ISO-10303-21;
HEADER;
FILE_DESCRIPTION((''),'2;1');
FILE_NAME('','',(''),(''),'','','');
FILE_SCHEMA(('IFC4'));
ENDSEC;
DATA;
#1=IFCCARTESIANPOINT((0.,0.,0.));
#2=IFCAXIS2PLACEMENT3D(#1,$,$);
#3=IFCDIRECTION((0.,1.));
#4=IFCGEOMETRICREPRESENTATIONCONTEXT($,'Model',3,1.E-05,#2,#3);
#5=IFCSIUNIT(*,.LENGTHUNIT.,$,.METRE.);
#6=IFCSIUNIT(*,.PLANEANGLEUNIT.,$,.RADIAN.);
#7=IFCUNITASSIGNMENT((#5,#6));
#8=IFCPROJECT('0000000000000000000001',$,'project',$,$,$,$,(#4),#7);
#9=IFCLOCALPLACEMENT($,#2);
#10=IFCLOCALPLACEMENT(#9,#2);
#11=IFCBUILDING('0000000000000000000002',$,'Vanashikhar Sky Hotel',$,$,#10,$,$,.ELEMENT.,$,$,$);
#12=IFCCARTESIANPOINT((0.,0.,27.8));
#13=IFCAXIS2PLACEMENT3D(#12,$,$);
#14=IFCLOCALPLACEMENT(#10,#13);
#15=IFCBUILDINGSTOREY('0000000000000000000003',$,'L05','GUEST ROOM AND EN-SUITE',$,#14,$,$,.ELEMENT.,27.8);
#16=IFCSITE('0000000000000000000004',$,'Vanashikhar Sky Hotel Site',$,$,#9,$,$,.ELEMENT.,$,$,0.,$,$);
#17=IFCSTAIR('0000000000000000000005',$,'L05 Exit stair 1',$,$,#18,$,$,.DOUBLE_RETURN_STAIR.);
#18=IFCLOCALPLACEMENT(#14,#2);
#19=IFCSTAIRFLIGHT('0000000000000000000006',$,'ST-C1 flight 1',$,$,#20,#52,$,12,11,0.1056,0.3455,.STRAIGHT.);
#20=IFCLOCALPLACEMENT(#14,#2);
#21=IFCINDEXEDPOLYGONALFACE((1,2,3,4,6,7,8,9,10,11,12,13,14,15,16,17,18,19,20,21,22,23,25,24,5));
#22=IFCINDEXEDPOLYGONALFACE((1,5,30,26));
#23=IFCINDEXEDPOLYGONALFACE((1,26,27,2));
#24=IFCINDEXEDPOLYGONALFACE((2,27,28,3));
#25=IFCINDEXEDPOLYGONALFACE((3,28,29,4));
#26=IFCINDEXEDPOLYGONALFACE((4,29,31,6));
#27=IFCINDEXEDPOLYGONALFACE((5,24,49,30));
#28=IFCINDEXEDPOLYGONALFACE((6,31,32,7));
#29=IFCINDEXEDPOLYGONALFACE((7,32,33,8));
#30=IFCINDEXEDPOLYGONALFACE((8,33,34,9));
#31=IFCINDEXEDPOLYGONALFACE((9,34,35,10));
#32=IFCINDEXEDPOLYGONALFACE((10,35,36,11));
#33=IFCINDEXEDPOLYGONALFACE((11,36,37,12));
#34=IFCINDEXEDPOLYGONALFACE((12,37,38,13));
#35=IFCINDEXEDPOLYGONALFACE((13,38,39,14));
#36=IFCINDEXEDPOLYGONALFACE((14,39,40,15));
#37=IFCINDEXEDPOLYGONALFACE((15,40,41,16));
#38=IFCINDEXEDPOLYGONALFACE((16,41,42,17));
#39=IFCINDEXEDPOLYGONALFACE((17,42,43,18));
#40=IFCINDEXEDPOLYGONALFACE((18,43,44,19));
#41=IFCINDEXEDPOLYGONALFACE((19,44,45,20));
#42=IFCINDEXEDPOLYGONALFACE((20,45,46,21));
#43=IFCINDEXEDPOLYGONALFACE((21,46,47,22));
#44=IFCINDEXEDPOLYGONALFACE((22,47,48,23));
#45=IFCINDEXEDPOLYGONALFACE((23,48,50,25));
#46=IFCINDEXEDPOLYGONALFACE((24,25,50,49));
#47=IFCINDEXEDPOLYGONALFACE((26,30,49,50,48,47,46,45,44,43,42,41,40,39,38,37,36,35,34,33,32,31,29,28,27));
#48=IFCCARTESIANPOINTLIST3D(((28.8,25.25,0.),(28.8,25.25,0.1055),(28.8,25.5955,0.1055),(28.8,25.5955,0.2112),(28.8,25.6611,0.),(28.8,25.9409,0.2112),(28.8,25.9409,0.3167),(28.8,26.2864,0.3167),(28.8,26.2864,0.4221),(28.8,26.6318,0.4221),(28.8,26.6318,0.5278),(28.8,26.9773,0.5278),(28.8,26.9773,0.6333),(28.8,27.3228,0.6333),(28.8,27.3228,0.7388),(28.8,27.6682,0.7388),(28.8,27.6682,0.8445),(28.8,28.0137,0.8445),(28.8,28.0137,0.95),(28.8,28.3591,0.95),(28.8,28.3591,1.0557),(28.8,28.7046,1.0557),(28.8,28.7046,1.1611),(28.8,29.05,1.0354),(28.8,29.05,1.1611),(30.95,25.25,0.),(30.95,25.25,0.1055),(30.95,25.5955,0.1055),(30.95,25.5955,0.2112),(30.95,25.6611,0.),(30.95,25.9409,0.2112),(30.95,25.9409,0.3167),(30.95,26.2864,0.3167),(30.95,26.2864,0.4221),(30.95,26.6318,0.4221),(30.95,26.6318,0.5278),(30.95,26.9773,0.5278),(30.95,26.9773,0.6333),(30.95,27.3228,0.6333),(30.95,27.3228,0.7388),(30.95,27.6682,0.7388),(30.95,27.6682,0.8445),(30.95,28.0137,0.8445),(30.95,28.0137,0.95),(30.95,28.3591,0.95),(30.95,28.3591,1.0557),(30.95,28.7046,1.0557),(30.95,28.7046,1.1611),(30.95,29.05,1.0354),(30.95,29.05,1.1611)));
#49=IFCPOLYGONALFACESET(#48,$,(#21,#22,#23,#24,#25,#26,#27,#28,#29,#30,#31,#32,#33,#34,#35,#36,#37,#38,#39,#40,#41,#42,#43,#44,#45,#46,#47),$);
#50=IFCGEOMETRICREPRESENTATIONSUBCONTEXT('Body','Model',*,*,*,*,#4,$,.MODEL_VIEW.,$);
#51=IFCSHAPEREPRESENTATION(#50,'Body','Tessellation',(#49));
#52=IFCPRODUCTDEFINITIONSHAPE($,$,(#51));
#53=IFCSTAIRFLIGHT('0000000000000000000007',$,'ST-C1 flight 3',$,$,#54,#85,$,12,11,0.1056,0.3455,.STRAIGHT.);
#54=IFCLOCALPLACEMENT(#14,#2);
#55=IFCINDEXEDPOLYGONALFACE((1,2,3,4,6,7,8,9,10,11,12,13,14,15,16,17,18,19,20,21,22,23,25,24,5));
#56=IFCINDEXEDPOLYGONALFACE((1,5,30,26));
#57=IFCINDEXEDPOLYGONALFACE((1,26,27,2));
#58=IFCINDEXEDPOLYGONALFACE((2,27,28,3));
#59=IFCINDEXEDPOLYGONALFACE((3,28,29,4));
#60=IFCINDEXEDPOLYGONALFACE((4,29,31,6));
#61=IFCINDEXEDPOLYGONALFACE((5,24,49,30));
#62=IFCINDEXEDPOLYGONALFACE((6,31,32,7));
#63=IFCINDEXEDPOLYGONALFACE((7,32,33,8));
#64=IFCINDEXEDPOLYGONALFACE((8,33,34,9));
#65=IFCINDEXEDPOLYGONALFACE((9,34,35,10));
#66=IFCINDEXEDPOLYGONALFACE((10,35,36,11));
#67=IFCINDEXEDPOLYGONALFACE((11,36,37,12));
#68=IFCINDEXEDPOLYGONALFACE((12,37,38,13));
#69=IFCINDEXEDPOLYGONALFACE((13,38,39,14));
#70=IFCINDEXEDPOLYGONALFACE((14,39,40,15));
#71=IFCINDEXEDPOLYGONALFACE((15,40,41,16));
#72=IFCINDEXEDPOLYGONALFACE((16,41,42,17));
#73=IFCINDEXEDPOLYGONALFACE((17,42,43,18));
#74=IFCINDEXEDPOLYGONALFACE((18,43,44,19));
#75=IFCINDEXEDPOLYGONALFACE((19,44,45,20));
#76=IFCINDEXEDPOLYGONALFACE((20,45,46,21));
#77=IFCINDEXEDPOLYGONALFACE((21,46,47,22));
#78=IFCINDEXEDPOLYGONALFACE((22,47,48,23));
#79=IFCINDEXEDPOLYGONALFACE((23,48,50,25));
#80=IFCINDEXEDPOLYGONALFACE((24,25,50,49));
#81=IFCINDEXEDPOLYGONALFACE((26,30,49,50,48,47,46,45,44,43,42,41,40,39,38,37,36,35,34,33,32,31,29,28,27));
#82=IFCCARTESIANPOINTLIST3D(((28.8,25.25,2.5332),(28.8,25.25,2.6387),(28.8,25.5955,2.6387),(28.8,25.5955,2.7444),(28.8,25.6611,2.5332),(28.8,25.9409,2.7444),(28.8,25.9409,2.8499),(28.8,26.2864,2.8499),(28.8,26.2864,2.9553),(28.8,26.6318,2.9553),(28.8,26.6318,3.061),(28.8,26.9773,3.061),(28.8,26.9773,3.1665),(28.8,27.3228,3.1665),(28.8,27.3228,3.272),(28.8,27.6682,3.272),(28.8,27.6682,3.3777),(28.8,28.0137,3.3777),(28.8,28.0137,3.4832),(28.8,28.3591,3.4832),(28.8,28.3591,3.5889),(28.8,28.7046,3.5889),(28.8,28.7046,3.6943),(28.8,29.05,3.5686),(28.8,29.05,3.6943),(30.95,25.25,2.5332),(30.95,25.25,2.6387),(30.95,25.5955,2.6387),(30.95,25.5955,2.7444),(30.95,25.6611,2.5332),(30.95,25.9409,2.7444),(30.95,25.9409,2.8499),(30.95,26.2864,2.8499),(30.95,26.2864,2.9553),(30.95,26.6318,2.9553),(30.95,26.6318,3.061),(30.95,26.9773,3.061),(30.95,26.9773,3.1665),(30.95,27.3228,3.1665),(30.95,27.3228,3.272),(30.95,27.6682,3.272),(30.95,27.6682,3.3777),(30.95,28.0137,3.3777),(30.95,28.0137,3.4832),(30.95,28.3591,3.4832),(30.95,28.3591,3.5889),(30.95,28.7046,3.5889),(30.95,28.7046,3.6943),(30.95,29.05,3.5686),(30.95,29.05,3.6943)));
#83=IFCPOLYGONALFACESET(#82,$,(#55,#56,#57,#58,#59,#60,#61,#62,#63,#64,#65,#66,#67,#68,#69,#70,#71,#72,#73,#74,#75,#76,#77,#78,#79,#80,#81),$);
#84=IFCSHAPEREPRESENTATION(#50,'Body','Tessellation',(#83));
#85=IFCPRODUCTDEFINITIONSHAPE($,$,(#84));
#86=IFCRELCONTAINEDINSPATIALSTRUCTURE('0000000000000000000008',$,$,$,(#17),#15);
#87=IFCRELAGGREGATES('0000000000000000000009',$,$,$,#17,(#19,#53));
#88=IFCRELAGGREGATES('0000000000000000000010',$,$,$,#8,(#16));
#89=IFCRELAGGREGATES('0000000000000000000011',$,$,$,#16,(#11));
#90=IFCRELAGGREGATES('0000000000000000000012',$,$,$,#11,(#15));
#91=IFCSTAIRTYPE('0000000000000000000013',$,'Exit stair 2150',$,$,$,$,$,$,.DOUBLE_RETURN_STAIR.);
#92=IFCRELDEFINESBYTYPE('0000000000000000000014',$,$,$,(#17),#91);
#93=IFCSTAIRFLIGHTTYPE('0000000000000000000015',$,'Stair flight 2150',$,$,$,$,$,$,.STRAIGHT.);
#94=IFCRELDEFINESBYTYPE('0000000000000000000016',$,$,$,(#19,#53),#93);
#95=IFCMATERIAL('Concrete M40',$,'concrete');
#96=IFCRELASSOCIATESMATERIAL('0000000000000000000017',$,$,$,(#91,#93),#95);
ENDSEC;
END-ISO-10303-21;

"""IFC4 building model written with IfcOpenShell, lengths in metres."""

from ifc_helpers import new_model, si_unit, direction, frame, origin, place, context, subcontext, project, spatial, polyline, outline, extrude, source, transform, mapped, material, type_object, element, aggregate, save


model = new_model("IFC4")

# Units and contexts
model_context = context("Model", 3, precision=1e-05, world=origin(), true_north=direction((0.0, 1.0)))
body_context = subcontext(model_context, "Body", "Model", "MODEL_VIEW")
ifc_project = project(units=[si_unit("LENGTHUNIT", "METRE"), si_unit("PLANEANGLEUNIT", "RADIAN")], contexts=[model_context])

# Site, building, storey
site_placement = place(None, origin())
site = spatial("IfcSite", under=ifc_project, at=site_placement, Name="Vanashikhar Sky Hotel Site", CompositionType="ELEMENT", RefElevation=0.0)
building_placement = place(site_placement, origin())
building = spatial("IfcBuilding", under=site, at=building_placement, Name="Vanashikhar Sky Hotel", CompositionType="ELEMENT")
storey_placement = place(building_placement, frame((0.0, 0.0, 27.8)))
storey = spatial("IfcBuildingStorey", under=building, at=storey_placement, Name="L05", Description="GUEST ROOM AND EN-SUITE", CompositionType="ELEMENT", Elevation=27.8)

# Shared definitions
ifc_material_1 = material(Name="Concrete M40", Category="concrete")

# Stair, stair flights
stair_type = type_object("IfcStairType", Name="Exit stair 2150", PredefinedType="DOUBLE_RETURN_STAIR", material=ifc_material_1)
stair_placement = place(storey_placement, origin())
stair = element("IfcStair", 1, at=stair_placement, inside=storey, type_object=stair_type, Name="L05 Exit stair 1", PredefinedType="DOUBLE_RETURN_STAIR")
stair_flight_type = type_object("IfcStairFlightType", Name="Stair flight 2150", PredefinedType="STRAIGHT", material=ifc_material_1)
shared_shape_1 = source(origin(), body_context, "Body", "SweptSolid", [
    extrude(outline(polyline([(0.0, 0.0), (0.0, 0.1055), (0.3455, 0.1055), (0.3455, 0.2112), (0.6909, 0.2112), (0.6909, 0.3167), (1.0364, 0.3167), (1.0364, 0.4221), (1.3818, 0.4221), (1.3818, 0.5278), (1.7273, 0.5278), (1.7273, 0.6333), (2.0728, 0.6333), (2.0728, 0.7388), (2.4182, 0.7388), (2.4182, 0.8445), (2.7637, 0.8445), (2.7637, 0.95), (3.1091, 0.95), (3.1091, 1.0557), (3.4546, 1.0557), (3.4546, 1.1611), (3.8, 1.1611), (3.8, 1.2666), (3.8, 1.0354), (0.4111, 0.0), (0.0, 0.0)])), frame((0.0, 1.075, 0.0), z_axis=(0.0, -1.0, 0.0), x_axis=(1.0, 0.0, 0.0)), (0.0, 0.0, 1.0), 2.1499),
])
stair_flight_1_placement = place(storey_placement, frame((29.875, 25.25, 0.0), z_axis=(0.0, 0.0, 1.0), x_axis=(0.0, 1.0, 0.0)))
stair_flight_1 = element("IfcStairFlight", 2, at=stair_flight_1_placement, type_object=stair_flight_type, Name="ST-C1 flight 1", NumberOfRisers=12, NumberOfTreads=11, PredefinedType="STRAIGHT", RiserHeight=0.1056, TreadLength=0.3455, context=body_context, shape_type="MappedRepresentation", body=[
    mapped(shared_shape_1, transform((0.0, 0.0, 0.0), scale=1.0)),
])
stair_flight_2_placement = place(storey_placement, frame((29.875, 25.25, 2.5332), z_axis=(0.0, 0.0, 1.0), x_axis=(0.0, 1.0, 0.0)))
stair_flight_2 = element("IfcStairFlight", 3, at=stair_flight_2_placement, type_object=stair_flight_type, Name="ST-C1 flight 3", NumberOfRisers=12, NumberOfTreads=11, PredefinedType="STRAIGHT", RiserHeight=0.1056, TreadLength=0.3455, context=body_context, shape_type="MappedRepresentation", body=[
    mapped(shared_shape_1, transform((0.0, 0.0, 0.0), scale=1.0)),
])
aggregate(stair, [stair_flight_1, stair_flight_2])

save(model, "model.ifc")
